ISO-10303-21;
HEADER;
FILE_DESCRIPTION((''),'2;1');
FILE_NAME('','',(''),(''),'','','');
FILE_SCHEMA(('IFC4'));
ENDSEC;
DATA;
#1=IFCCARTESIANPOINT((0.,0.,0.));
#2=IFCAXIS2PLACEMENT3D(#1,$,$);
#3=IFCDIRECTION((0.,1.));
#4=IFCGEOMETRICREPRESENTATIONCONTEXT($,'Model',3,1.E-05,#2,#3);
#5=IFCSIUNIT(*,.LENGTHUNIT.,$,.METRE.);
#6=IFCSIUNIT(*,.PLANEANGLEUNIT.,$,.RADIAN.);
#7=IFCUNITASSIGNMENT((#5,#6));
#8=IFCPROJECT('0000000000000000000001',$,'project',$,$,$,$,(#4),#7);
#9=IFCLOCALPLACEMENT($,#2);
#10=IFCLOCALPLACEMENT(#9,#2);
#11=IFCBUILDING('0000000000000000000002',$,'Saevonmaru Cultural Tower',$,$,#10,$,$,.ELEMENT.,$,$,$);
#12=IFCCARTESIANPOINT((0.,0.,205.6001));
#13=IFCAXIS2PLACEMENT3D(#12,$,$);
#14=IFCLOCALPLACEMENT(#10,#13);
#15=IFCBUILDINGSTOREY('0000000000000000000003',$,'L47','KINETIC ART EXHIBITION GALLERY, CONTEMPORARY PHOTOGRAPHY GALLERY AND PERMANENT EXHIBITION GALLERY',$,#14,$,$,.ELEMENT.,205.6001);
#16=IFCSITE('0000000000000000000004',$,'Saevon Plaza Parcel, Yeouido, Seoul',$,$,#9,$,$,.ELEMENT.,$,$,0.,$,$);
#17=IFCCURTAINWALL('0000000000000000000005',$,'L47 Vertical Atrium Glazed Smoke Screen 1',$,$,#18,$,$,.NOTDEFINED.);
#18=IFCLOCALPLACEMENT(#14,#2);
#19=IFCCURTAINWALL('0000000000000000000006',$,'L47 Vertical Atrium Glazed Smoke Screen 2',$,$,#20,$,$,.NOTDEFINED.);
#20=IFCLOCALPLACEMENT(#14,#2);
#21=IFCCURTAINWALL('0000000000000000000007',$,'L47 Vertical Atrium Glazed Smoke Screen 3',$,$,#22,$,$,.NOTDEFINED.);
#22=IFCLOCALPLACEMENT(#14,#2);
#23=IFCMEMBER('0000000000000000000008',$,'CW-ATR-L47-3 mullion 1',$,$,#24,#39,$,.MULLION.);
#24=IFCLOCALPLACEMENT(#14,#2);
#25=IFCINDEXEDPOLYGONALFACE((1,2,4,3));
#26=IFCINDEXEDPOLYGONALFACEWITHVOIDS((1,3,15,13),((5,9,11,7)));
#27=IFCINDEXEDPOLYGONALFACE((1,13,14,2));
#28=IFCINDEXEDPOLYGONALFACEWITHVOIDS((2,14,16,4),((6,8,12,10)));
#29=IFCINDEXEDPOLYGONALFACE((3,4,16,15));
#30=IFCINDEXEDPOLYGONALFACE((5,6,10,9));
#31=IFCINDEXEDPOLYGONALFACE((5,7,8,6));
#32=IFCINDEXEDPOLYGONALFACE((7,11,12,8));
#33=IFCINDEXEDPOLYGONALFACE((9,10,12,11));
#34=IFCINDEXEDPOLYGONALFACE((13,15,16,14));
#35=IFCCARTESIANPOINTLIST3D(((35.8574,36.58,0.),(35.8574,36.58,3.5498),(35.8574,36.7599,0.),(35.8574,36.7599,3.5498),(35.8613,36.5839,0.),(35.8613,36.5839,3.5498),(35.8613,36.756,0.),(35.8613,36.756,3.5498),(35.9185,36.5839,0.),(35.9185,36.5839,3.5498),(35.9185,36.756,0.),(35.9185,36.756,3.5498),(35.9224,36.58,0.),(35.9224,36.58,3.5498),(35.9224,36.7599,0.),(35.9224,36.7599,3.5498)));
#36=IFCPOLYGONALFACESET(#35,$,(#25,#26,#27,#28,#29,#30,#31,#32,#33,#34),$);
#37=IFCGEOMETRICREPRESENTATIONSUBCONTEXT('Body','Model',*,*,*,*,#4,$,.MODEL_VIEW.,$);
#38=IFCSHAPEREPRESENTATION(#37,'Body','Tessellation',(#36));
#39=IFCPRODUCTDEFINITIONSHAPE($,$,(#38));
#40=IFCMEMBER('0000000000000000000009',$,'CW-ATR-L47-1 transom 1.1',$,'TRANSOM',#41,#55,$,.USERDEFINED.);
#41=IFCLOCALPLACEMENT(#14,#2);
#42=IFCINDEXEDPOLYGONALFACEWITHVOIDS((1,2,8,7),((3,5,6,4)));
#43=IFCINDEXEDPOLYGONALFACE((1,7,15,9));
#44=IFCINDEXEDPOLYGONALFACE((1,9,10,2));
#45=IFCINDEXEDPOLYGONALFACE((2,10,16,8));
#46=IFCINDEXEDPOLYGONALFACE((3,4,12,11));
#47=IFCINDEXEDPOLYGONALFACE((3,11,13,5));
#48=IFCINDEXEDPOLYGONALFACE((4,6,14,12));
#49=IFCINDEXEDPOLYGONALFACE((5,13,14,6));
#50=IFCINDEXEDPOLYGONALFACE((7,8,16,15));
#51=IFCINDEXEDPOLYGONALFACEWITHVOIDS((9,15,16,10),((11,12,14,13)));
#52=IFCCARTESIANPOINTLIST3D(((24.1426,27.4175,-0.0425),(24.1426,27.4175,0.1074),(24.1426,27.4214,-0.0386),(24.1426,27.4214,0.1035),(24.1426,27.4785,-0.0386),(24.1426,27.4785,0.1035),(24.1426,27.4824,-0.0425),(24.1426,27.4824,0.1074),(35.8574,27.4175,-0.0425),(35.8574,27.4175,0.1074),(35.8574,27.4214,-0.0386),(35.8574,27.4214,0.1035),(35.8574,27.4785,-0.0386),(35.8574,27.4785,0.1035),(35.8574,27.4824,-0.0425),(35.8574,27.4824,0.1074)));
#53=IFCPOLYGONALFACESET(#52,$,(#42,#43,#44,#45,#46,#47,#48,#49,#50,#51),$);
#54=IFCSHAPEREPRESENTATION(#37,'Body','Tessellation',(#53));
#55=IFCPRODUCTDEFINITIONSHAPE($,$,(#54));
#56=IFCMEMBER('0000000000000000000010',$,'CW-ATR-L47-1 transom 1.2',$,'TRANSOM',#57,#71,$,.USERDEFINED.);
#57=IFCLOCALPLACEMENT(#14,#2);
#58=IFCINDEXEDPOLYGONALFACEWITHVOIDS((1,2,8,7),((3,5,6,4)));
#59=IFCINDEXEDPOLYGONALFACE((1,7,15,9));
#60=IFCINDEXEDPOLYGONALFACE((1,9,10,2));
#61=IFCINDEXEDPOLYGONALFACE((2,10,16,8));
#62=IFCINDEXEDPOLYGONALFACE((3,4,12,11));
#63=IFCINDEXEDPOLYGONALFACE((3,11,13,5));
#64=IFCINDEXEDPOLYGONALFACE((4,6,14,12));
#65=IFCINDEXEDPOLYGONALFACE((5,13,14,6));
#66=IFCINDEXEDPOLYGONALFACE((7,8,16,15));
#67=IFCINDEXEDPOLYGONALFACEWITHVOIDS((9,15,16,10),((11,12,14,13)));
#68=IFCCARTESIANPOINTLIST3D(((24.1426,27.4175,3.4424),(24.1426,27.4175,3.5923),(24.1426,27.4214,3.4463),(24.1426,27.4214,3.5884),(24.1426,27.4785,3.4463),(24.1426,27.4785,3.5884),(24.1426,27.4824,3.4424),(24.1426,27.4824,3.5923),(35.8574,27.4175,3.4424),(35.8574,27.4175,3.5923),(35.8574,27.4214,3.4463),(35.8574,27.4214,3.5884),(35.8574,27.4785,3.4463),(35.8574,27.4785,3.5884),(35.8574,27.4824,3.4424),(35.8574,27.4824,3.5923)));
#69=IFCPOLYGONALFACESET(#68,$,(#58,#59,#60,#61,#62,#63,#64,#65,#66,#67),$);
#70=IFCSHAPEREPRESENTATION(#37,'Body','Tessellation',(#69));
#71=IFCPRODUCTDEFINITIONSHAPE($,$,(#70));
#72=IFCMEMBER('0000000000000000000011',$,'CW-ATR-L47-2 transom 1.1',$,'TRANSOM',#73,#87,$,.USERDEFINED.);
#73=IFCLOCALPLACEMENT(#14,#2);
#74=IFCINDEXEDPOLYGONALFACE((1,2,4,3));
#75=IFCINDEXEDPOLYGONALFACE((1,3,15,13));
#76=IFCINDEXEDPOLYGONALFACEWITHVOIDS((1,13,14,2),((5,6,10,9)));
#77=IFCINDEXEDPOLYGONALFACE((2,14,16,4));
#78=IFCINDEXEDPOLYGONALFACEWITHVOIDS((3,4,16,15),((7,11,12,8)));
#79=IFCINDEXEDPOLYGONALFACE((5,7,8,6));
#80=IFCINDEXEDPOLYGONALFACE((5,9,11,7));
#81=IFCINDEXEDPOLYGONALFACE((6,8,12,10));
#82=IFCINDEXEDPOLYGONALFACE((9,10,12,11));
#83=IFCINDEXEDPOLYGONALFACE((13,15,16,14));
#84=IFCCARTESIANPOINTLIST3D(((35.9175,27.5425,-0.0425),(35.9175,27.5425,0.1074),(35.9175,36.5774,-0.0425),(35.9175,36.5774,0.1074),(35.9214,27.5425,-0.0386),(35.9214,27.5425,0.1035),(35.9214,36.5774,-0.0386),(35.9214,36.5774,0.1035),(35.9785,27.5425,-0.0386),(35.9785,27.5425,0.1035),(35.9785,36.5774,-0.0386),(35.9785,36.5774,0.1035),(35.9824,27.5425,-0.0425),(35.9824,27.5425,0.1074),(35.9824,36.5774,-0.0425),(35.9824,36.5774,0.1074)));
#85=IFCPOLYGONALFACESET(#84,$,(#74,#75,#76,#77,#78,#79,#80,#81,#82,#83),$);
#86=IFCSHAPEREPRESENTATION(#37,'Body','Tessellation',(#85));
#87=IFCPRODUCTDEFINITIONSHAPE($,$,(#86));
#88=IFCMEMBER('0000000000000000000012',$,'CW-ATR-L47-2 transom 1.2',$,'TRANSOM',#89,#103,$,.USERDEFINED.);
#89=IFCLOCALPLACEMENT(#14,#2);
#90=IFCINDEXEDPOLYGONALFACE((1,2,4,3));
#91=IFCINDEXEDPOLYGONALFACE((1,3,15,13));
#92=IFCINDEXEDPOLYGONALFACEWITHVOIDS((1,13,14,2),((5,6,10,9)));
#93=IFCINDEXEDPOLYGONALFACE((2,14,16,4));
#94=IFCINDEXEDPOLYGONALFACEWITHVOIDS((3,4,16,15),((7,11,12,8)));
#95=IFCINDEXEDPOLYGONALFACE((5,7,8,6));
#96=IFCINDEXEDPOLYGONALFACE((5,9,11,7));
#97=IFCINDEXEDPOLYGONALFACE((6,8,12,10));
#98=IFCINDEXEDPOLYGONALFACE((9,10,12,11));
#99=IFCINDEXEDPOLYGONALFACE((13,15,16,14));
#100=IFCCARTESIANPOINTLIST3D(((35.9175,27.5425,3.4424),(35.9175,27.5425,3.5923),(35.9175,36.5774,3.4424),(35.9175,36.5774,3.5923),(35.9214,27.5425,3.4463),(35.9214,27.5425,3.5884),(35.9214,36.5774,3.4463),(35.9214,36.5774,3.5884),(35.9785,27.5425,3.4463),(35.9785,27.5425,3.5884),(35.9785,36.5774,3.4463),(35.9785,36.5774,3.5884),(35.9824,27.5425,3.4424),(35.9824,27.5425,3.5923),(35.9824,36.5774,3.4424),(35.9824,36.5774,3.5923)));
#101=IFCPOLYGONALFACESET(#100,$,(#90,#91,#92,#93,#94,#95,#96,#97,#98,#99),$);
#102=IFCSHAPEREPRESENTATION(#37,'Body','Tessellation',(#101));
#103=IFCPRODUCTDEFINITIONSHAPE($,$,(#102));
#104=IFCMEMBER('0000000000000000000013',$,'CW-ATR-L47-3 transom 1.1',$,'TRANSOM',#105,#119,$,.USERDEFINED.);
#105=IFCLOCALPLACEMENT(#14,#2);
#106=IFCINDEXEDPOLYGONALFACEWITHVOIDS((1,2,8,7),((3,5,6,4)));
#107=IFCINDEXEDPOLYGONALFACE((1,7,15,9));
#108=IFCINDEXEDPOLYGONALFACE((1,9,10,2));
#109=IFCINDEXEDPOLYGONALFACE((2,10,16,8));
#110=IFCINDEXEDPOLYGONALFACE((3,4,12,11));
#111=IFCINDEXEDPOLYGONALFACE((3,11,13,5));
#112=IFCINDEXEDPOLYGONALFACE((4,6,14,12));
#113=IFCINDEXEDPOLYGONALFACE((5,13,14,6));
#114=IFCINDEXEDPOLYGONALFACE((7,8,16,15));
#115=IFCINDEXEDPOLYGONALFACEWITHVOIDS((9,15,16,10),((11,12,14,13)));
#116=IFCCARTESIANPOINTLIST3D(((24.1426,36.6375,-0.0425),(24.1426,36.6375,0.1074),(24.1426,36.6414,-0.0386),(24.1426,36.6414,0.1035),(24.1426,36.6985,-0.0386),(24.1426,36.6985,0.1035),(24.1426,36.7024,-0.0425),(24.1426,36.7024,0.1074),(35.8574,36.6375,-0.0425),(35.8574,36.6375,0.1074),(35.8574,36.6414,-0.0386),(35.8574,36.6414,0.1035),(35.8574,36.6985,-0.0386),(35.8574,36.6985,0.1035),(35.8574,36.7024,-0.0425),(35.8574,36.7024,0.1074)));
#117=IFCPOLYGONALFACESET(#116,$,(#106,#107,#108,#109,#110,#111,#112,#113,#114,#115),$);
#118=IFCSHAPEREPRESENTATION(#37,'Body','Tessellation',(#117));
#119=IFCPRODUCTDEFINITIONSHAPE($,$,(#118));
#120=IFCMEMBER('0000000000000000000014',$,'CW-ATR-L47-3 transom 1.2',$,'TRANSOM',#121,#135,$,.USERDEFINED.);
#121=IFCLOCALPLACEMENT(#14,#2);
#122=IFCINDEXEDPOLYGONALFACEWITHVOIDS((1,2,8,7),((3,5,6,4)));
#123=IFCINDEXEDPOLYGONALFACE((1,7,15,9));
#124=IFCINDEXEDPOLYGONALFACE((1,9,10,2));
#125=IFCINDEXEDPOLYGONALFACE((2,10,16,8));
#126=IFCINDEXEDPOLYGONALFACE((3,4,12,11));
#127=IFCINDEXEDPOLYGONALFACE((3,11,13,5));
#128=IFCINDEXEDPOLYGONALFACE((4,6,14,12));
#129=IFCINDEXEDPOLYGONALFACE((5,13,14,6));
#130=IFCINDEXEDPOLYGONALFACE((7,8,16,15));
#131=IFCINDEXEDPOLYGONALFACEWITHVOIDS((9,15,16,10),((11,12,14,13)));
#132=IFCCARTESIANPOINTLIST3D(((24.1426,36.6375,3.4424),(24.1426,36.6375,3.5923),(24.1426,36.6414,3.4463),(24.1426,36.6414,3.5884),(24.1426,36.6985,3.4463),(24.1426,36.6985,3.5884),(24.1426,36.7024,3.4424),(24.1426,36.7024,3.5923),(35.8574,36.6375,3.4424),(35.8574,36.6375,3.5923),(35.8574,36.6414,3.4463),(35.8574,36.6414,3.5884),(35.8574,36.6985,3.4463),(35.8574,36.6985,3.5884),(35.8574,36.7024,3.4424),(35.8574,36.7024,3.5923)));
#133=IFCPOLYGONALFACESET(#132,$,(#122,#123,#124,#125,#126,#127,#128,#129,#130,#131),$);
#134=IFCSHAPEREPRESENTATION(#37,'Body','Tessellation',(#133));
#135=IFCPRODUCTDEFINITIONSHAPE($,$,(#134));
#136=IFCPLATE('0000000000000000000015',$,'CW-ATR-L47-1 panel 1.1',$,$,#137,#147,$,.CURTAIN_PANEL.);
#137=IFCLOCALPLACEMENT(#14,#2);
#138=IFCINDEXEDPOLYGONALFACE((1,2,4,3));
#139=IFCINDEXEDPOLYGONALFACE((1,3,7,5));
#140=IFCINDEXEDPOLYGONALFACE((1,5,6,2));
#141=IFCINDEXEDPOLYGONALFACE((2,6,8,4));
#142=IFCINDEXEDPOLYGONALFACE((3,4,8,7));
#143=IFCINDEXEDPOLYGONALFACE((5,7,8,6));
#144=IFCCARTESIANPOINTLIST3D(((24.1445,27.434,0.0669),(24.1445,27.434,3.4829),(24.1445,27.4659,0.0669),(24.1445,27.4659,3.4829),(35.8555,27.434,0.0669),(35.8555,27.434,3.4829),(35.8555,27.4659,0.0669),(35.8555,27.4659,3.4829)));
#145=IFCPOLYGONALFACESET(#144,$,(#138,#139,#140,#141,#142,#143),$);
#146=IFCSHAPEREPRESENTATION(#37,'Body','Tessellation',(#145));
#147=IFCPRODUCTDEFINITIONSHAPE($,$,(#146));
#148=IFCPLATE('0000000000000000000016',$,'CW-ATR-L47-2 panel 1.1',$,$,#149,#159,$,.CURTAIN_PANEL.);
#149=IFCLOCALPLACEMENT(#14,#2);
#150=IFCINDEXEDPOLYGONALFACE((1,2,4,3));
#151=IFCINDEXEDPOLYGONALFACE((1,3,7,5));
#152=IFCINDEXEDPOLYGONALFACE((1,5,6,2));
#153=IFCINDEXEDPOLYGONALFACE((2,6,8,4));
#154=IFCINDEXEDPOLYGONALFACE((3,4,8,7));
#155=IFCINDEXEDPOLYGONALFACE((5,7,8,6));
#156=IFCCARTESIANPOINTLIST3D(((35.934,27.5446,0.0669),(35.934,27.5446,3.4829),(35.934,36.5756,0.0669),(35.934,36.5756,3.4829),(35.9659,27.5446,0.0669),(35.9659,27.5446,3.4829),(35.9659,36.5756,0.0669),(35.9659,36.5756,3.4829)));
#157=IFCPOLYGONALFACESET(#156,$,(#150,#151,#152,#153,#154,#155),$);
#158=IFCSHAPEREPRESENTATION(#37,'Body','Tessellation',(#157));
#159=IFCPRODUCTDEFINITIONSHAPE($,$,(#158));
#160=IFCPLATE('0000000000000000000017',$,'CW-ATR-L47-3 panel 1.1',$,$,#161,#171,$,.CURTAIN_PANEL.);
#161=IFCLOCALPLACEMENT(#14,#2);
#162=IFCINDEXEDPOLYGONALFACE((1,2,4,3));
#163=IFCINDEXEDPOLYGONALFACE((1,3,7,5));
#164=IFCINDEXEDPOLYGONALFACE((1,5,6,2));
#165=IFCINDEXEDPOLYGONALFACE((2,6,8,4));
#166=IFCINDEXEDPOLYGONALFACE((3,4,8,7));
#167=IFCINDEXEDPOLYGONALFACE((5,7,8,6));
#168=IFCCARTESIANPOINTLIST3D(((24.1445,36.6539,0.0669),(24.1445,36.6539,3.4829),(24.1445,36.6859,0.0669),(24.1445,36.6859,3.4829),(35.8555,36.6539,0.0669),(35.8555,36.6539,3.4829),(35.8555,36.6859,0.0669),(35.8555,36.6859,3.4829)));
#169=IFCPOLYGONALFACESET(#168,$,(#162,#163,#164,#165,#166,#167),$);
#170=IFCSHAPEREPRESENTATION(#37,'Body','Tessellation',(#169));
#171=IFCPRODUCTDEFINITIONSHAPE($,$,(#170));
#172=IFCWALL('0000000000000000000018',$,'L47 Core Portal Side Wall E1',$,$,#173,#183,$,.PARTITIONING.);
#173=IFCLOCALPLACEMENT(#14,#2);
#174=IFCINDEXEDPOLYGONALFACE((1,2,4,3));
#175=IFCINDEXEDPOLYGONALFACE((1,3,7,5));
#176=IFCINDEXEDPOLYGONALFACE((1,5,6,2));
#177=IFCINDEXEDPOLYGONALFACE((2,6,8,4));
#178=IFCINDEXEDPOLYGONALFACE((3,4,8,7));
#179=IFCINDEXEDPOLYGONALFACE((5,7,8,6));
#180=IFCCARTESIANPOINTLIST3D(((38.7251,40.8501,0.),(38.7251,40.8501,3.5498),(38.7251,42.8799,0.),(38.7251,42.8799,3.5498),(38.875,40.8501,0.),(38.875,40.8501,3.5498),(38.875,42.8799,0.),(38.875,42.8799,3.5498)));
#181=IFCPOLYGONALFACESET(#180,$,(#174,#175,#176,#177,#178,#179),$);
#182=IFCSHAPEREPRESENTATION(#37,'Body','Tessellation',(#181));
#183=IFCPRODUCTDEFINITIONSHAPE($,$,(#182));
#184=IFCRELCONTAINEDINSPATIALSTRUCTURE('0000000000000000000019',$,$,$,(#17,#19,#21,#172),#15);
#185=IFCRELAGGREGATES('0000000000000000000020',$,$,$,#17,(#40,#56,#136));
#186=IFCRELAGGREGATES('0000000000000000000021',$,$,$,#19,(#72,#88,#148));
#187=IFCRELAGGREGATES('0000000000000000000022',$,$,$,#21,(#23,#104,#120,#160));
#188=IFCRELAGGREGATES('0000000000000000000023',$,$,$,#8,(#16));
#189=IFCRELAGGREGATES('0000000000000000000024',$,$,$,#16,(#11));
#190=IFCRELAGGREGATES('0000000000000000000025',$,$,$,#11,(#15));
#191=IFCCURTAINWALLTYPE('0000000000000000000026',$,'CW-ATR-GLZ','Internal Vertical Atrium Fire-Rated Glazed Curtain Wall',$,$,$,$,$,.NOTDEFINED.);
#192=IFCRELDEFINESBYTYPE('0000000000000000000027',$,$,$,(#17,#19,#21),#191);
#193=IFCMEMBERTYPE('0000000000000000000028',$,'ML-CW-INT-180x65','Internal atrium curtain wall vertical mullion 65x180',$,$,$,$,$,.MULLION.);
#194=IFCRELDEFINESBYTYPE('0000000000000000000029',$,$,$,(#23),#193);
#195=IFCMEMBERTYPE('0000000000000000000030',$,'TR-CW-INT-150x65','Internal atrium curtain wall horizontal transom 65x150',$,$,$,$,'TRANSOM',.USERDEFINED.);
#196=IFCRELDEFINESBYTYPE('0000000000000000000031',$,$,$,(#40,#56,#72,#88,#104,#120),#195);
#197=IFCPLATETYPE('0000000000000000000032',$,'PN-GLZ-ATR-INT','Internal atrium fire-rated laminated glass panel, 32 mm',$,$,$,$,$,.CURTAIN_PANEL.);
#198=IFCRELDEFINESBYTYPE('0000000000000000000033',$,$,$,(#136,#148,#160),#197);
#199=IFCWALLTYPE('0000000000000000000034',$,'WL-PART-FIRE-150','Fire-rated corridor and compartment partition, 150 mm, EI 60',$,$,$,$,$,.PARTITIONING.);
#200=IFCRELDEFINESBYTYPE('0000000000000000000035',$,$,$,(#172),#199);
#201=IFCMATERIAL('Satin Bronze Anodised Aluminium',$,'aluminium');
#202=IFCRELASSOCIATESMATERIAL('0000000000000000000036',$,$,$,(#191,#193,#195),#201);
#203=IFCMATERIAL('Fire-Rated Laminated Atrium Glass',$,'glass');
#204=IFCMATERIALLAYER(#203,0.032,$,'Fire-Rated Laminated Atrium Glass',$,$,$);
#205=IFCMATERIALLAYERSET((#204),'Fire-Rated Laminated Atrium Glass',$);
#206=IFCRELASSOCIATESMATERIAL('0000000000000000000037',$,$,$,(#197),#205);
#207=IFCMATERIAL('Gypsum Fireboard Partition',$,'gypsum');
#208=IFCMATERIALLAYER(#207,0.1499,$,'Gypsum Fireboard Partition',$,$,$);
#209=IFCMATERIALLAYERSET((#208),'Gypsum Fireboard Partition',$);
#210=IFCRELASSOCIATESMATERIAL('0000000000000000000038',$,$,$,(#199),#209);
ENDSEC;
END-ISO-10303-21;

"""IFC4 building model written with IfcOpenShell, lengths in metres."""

from ifc_helpers import new_model, si_unit, direction, frame, frame_2d, origin, origin_2d, place, context, subcontext, project, spatial, rectangle, hollow_rectangle, extrude, material, layer, layer_set, material_profile, profile_set, type_object, element, aggregate, save


model = new_model("IFC4")

# Units and contexts
model_context = context("Model", 3, precision=1e-05, world=origin(), true_north=direction((0.0, 1.0)))
body_context = subcontext(model_context, "Body", "Model", "MODEL_VIEW")
ifc_project = project(units=[si_unit("LENGTHUNIT", "METRE"), si_unit("PLANEANGLEUNIT", "RADIAN")], contexts=[model_context])

# Site, building, storey
site_placement = place(None, origin())
site = spatial("IfcSite", under=ifc_project, at=site_placement, Name="Saevon Plaza Parcel, Yeouido, Seoul", CompositionType="ELEMENT", RefElevation=0.0)
building_placement = place(site_placement, origin())
building = spatial("IfcBuilding", under=site, at=building_placement, Name="Saevonmaru Cultural Tower", CompositionType="ELEMENT")
storey_placement = place(building_placement, frame((0.0, 0.0, 205.6001)))
storey = spatial("IfcBuildingStorey", under=building, at=storey_placement, Name="L47", Description="KINETIC ART EXHIBITION GALLERY, CONTEMPORARY PHOTOGRAPHY GALLERY AND PERMANENT EXHIBITION GALLERY", CompositionType="ELEMENT", Elevation=205.6001)

# Curtain wall
ifc_material_1 = material(Name="Satin Bronze Anodised Aluminium", Category="aluminium")
curtain_wall_type_1 = type_object("IfcCurtainWallType", Name="CW-ATR-GLZ", Description="Internal Vertical Atrium Fire-Rated Glazed Curtain Wall", PredefinedType="NOTDEFINED", material=ifc_material_1)
curtain_wall_1_placement = place(storey_placement, origin())
curtain_wall_1 = element("IfcCurtainWall", 1, at=curtain_wall_1_placement, inside=storey, type_object=curtain_wall_type_1, Name="L47 Vertical Atrium Glazed Smoke Screen 1", PredefinedType="NOTDEFINED")
ifc_material_profile_1 = material_profile(ifc_material_1, hollow_rectangle(XDim=0.0649, YDim=0.1799, WallThickness=0.0039, at=origin_2d()), Name="ALU-MULL-180x65x4")
ifc_profile_set_1 = profile_set([ifc_material_profile_1], Name="Satin Bronze Anodised Aluminium")
member_type_1 = type_object("IfcMemberType", Name="ML-CW-INT-180x65", Description="Internal atrium curtain wall vertical mullion 65x180", PredefinedType="MULLION", material=ifc_profile_set_1)

# Curtain wall
curtain_wall_2_placement = place(storey_placement, origin())
curtain_wall_2 = element("IfcCurtainWall", 2, at=curtain_wall_2_placement, inside=storey, type_object=curtain_wall_type_1, Name="L47 Vertical Atrium Glazed Smoke Screen 2", PredefinedType="NOTDEFINED")

# Curtain wall, member
curtain_wall_3_placement = place(storey_placement, origin())
curtain_wall_3 = element("IfcCurtainWall", 3, at=curtain_wall_3_placement, inside=storey, type_object=curtain_wall_type_1, Name="L47 Vertical Atrium Glazed Smoke Screen 3", PredefinedType="NOTDEFINED")
member_1_placement = place(storey_placement, frame((35.8899, 36.6699, 0.0), z_axis=(0.0, 0.0, 1.0), x_axis=(-1.0, 0.0, 0.0)))
member_1 = element("IfcMember", 4, at=member_1_placement, type_object=member_type_1, Name="CW-ATR-L47-3 mullion 1", PredefinedType="MULLION", context=body_context, shape_type="SweptSolid", body=[
    extrude(hollow_rectangle(XDim=0.0649, YDim=0.1799, WallThickness=0.0039, at=origin_2d()), origin(), (0.0, 0.0, 1.0), 3.5498),
])

# Members
ifc_material_profile_2 = material_profile(ifc_material_1, hollow_rectangle(XDim=0.0649, YDim=0.1499, WallThickness=0.0039, at=origin_2d()), Name="ALU-TRAN-150x65x4")
ifc_profile_set_2 = profile_set([ifc_material_profile_2], Name="Satin Bronze Anodised Aluminium")
member_type_2 = type_object("IfcMemberType", Name="TR-CW-INT-150x65", Description="Internal atrium curtain wall horizontal transom 65x150", ElementType="TRANSOM", PredefinedType="USERDEFINED", material=ifc_profile_set_2)
member_2_placement = place(storey_placement, frame((24.1426, 27.45, 0.0325), z_axis=(1.0, 0.0, 0.0), x_axis=(0.0, 1.0, 0.0)))
member_2 = element("IfcMember", 5, at=member_2_placement, type_object=member_type_2, Name="CW-ATR-L47-1 transom 1.1", ObjectType="TRANSOM", PredefinedType="USERDEFINED", context=body_context, shape_type="SweptSolid", body=[
    extrude(hollow_rectangle(XDim=0.0649, YDim=0.1499, WallThickness=0.0039, at=origin_2d()), origin(), (0.0, 0.0, 1.0), 11.7148),
])
member_3_placement = place(storey_placement, frame((24.1426, 27.45, 3.5173), z_axis=(1.0, 0.0, 0.0), x_axis=(0.0, 1.0, 0.0)))
member_3 = element("IfcMember", 6, at=member_3_placement, type_object=member_type_2, Name="CW-ATR-L47-1 transom 1.2", ObjectType="TRANSOM", PredefinedType="USERDEFINED", context=body_context, shape_type="SweptSolid", body=[
    extrude(hollow_rectangle(XDim=0.0649, YDim=0.1499, WallThickness=0.0039, at=origin_2d()), origin(), (0.0, 0.0, 1.0), 11.7148),
])
member_4_placement = place(storey_placement, frame((35.95, 27.5425, 0.0325), z_axis=(0.0, 1.0, 0.0), x_axis=(-1.0, 0.0, 0.0)))
member_4 = element("IfcMember", 7, at=member_4_placement, type_object=member_type_2, Name="CW-ATR-L47-2 transom 1.1", ObjectType="TRANSOM", PredefinedType="USERDEFINED", context=body_context, shape_type="SweptSolid", body=[
    extrude(hollow_rectangle(XDim=0.0649, YDim=0.1499, WallThickness=0.0039, at=origin_2d()), origin(), (0.0, 0.0, 1.0), 9.0349),
])
member_5_placement = place(storey_placement, frame((35.95, 27.5425, 3.5173), z_axis=(0.0, 1.0, 0.0), x_axis=(-1.0, 0.0, 0.0)))
member_5 = element("IfcMember", 8, at=member_5_placement, type_object=member_type_2, Name="CW-ATR-L47-2 transom 1.2", ObjectType="TRANSOM", PredefinedType="USERDEFINED", context=body_context, shape_type="SweptSolid", body=[
    extrude(hollow_rectangle(XDim=0.0649, YDim=0.1499, WallThickness=0.0039, at=origin_2d()), origin(), (0.0, 0.0, 1.0), 9.0349),
])
member_6_placement = place(storey_placement, frame((35.8574, 36.6699, 0.0325), z_axis=(-1.0, 0.0, 0.0), x_axis=(0.0, -1.0, 0.0)))
member_6 = element("IfcMember", 9, at=member_6_placement, type_object=member_type_2, Name="CW-ATR-L47-3 transom 1.1", ObjectType="TRANSOM", PredefinedType="USERDEFINED", context=body_context, shape_type="SweptSolid", body=[
    extrude(hollow_rectangle(XDim=0.0649, YDim=0.1499, WallThickness=0.0039, at=origin_2d()), origin(), (0.0, 0.0, 1.0), 11.7148),
])
member_7_placement = place(storey_placement, frame((35.8574, 36.6699, 3.5173), z_axis=(-1.0, 0.0, 0.0), x_axis=(0.0, -1.0, 0.0)))
member_7 = element("IfcMember", 10, at=member_7_placement, type_object=member_type_2, Name="CW-ATR-L47-3 transom 1.2", ObjectType="TRANSOM", PredefinedType="USERDEFINED", context=body_context, shape_type="SweptSolid", body=[
    extrude(hollow_rectangle(XDim=0.0649, YDim=0.1499, WallThickness=0.0039, at=origin_2d()), origin(), (0.0, 0.0, 1.0), 11.7148),
])

# Plates
ifc_material_2 = material(Name="Fire-Rated Laminated Atrium Glass", Category="glass")
ifc_layer_1 = layer(ifc_material_2, 0.032, Name="Fire-Rated Laminated Atrium Glass")
ifc_layer_set_1 = layer_set([ifc_layer_1], Name="Fire-Rated Laminated Atrium Glass")
plate_type = type_object("IfcPlateType", Name="PN-GLZ-ATR-INT", Description="Internal atrium fire-rated laminated glass panel, 32 mm", PredefinedType="CURTAIN_PANEL", material=ifc_layer_set_1)
plate_1_placement = place(storey_placement, frame((30.0, 27.45, 0.0669), z_axis=(0.0, 0.0, 1.0), x_axis=(1.0, 0.0, 0.0)))
plate_1 = element("IfcPlate", 11, at=plate_1_placement, type_object=plate_type, Name="CW-ATR-L47-1 panel 1.1", PredefinedType="CURTAIN_PANEL", context=body_context, shape_type="SweptSolid", body=[
    extrude(rectangle(XDim=11.7109, YDim=0.032, at=origin_2d()), origin(), (0.0, 0.0, 1.0), 3.416),
])
aggregate(curtain_wall_1, [member_2, member_3, plate_1])
plate_2_placement = place(storey_placement, frame((35.95, 32.0601, 0.0669), z_axis=(0.0, 0.0, 1.0), x_axis=(0.0, 1.0, 0.0)))
plate_2 = element("IfcPlate", 12, at=plate_2_placement, type_object=plate_type, Name="CW-ATR-L47-2 panel 1.1", PredefinedType="CURTAIN_PANEL", context=body_context, shape_type="SweptSolid", body=[
    extrude(rectangle(XDim=9.031, YDim=0.032, at=origin_2d()), origin(), (0.0, 0.0, 1.0), 3.416),
])
aggregate(curtain_wall_2, [member_4, member_5, plate_2])
plate_3_placement = place(storey_placement, frame((30.0, 36.6699, 0.0669), z_axis=(0.0, 0.0, 1.0), x_axis=(-1.0, 0.0, 0.0)))
plate_3 = element("IfcPlate", 13, at=plate_3_placement, type_object=plate_type, Name="CW-ATR-L47-3 panel 1.1", PredefinedType="CURTAIN_PANEL", context=body_context, shape_type="SweptSolid", body=[
    extrude(rectangle(XDim=11.7109, YDim=0.032, at=origin_2d()), origin(), (0.0, 0.0, 1.0), 3.416),
])
aggregate(curtain_wall_3, [member_1, member_6, member_7, plate_3])

# Wall
ifc_material_3 = material(Name="Gypsum Fireboard Partition", Category="gypsum")
ifc_layer_2 = layer(ifc_material_3, 0.1499, Name="Gypsum Fireboard Partition")
ifc_layer_set_2 = layer_set([ifc_layer_2], Name="Gypsum Fireboard Partition")
wall_type_1 = type_object("IfcWallType", Name="WL-PART-FIRE-150", Description="Fire-rated corridor and compartment partition, 150 mm, EI 60", PredefinedType="PARTITIONING", material=ifc_layer_set_2)
wall_1_placement = place(storey_placement, frame((38.8, 40.8501, 0.0), z_axis=(0.0, 0.0, 1.0), x_axis=(0.0, 1.0, 0.0)))
element("IfcWall", 14, at=wall_1_placement, inside=storey, type_object=wall_type_1, Name="L47 Core Portal Side Wall E1", PredefinedType="PARTITIONING", context=body_context, shape_type="SweptSolid", body=[
    extrude(rectangle(XDim=2.0298, YDim=0.1499, at=frame_2d((1.0149, 0.0))), origin(), (0.0, 0.0, 1.0), 3.5498),
])

save(model, "model.ifc")
